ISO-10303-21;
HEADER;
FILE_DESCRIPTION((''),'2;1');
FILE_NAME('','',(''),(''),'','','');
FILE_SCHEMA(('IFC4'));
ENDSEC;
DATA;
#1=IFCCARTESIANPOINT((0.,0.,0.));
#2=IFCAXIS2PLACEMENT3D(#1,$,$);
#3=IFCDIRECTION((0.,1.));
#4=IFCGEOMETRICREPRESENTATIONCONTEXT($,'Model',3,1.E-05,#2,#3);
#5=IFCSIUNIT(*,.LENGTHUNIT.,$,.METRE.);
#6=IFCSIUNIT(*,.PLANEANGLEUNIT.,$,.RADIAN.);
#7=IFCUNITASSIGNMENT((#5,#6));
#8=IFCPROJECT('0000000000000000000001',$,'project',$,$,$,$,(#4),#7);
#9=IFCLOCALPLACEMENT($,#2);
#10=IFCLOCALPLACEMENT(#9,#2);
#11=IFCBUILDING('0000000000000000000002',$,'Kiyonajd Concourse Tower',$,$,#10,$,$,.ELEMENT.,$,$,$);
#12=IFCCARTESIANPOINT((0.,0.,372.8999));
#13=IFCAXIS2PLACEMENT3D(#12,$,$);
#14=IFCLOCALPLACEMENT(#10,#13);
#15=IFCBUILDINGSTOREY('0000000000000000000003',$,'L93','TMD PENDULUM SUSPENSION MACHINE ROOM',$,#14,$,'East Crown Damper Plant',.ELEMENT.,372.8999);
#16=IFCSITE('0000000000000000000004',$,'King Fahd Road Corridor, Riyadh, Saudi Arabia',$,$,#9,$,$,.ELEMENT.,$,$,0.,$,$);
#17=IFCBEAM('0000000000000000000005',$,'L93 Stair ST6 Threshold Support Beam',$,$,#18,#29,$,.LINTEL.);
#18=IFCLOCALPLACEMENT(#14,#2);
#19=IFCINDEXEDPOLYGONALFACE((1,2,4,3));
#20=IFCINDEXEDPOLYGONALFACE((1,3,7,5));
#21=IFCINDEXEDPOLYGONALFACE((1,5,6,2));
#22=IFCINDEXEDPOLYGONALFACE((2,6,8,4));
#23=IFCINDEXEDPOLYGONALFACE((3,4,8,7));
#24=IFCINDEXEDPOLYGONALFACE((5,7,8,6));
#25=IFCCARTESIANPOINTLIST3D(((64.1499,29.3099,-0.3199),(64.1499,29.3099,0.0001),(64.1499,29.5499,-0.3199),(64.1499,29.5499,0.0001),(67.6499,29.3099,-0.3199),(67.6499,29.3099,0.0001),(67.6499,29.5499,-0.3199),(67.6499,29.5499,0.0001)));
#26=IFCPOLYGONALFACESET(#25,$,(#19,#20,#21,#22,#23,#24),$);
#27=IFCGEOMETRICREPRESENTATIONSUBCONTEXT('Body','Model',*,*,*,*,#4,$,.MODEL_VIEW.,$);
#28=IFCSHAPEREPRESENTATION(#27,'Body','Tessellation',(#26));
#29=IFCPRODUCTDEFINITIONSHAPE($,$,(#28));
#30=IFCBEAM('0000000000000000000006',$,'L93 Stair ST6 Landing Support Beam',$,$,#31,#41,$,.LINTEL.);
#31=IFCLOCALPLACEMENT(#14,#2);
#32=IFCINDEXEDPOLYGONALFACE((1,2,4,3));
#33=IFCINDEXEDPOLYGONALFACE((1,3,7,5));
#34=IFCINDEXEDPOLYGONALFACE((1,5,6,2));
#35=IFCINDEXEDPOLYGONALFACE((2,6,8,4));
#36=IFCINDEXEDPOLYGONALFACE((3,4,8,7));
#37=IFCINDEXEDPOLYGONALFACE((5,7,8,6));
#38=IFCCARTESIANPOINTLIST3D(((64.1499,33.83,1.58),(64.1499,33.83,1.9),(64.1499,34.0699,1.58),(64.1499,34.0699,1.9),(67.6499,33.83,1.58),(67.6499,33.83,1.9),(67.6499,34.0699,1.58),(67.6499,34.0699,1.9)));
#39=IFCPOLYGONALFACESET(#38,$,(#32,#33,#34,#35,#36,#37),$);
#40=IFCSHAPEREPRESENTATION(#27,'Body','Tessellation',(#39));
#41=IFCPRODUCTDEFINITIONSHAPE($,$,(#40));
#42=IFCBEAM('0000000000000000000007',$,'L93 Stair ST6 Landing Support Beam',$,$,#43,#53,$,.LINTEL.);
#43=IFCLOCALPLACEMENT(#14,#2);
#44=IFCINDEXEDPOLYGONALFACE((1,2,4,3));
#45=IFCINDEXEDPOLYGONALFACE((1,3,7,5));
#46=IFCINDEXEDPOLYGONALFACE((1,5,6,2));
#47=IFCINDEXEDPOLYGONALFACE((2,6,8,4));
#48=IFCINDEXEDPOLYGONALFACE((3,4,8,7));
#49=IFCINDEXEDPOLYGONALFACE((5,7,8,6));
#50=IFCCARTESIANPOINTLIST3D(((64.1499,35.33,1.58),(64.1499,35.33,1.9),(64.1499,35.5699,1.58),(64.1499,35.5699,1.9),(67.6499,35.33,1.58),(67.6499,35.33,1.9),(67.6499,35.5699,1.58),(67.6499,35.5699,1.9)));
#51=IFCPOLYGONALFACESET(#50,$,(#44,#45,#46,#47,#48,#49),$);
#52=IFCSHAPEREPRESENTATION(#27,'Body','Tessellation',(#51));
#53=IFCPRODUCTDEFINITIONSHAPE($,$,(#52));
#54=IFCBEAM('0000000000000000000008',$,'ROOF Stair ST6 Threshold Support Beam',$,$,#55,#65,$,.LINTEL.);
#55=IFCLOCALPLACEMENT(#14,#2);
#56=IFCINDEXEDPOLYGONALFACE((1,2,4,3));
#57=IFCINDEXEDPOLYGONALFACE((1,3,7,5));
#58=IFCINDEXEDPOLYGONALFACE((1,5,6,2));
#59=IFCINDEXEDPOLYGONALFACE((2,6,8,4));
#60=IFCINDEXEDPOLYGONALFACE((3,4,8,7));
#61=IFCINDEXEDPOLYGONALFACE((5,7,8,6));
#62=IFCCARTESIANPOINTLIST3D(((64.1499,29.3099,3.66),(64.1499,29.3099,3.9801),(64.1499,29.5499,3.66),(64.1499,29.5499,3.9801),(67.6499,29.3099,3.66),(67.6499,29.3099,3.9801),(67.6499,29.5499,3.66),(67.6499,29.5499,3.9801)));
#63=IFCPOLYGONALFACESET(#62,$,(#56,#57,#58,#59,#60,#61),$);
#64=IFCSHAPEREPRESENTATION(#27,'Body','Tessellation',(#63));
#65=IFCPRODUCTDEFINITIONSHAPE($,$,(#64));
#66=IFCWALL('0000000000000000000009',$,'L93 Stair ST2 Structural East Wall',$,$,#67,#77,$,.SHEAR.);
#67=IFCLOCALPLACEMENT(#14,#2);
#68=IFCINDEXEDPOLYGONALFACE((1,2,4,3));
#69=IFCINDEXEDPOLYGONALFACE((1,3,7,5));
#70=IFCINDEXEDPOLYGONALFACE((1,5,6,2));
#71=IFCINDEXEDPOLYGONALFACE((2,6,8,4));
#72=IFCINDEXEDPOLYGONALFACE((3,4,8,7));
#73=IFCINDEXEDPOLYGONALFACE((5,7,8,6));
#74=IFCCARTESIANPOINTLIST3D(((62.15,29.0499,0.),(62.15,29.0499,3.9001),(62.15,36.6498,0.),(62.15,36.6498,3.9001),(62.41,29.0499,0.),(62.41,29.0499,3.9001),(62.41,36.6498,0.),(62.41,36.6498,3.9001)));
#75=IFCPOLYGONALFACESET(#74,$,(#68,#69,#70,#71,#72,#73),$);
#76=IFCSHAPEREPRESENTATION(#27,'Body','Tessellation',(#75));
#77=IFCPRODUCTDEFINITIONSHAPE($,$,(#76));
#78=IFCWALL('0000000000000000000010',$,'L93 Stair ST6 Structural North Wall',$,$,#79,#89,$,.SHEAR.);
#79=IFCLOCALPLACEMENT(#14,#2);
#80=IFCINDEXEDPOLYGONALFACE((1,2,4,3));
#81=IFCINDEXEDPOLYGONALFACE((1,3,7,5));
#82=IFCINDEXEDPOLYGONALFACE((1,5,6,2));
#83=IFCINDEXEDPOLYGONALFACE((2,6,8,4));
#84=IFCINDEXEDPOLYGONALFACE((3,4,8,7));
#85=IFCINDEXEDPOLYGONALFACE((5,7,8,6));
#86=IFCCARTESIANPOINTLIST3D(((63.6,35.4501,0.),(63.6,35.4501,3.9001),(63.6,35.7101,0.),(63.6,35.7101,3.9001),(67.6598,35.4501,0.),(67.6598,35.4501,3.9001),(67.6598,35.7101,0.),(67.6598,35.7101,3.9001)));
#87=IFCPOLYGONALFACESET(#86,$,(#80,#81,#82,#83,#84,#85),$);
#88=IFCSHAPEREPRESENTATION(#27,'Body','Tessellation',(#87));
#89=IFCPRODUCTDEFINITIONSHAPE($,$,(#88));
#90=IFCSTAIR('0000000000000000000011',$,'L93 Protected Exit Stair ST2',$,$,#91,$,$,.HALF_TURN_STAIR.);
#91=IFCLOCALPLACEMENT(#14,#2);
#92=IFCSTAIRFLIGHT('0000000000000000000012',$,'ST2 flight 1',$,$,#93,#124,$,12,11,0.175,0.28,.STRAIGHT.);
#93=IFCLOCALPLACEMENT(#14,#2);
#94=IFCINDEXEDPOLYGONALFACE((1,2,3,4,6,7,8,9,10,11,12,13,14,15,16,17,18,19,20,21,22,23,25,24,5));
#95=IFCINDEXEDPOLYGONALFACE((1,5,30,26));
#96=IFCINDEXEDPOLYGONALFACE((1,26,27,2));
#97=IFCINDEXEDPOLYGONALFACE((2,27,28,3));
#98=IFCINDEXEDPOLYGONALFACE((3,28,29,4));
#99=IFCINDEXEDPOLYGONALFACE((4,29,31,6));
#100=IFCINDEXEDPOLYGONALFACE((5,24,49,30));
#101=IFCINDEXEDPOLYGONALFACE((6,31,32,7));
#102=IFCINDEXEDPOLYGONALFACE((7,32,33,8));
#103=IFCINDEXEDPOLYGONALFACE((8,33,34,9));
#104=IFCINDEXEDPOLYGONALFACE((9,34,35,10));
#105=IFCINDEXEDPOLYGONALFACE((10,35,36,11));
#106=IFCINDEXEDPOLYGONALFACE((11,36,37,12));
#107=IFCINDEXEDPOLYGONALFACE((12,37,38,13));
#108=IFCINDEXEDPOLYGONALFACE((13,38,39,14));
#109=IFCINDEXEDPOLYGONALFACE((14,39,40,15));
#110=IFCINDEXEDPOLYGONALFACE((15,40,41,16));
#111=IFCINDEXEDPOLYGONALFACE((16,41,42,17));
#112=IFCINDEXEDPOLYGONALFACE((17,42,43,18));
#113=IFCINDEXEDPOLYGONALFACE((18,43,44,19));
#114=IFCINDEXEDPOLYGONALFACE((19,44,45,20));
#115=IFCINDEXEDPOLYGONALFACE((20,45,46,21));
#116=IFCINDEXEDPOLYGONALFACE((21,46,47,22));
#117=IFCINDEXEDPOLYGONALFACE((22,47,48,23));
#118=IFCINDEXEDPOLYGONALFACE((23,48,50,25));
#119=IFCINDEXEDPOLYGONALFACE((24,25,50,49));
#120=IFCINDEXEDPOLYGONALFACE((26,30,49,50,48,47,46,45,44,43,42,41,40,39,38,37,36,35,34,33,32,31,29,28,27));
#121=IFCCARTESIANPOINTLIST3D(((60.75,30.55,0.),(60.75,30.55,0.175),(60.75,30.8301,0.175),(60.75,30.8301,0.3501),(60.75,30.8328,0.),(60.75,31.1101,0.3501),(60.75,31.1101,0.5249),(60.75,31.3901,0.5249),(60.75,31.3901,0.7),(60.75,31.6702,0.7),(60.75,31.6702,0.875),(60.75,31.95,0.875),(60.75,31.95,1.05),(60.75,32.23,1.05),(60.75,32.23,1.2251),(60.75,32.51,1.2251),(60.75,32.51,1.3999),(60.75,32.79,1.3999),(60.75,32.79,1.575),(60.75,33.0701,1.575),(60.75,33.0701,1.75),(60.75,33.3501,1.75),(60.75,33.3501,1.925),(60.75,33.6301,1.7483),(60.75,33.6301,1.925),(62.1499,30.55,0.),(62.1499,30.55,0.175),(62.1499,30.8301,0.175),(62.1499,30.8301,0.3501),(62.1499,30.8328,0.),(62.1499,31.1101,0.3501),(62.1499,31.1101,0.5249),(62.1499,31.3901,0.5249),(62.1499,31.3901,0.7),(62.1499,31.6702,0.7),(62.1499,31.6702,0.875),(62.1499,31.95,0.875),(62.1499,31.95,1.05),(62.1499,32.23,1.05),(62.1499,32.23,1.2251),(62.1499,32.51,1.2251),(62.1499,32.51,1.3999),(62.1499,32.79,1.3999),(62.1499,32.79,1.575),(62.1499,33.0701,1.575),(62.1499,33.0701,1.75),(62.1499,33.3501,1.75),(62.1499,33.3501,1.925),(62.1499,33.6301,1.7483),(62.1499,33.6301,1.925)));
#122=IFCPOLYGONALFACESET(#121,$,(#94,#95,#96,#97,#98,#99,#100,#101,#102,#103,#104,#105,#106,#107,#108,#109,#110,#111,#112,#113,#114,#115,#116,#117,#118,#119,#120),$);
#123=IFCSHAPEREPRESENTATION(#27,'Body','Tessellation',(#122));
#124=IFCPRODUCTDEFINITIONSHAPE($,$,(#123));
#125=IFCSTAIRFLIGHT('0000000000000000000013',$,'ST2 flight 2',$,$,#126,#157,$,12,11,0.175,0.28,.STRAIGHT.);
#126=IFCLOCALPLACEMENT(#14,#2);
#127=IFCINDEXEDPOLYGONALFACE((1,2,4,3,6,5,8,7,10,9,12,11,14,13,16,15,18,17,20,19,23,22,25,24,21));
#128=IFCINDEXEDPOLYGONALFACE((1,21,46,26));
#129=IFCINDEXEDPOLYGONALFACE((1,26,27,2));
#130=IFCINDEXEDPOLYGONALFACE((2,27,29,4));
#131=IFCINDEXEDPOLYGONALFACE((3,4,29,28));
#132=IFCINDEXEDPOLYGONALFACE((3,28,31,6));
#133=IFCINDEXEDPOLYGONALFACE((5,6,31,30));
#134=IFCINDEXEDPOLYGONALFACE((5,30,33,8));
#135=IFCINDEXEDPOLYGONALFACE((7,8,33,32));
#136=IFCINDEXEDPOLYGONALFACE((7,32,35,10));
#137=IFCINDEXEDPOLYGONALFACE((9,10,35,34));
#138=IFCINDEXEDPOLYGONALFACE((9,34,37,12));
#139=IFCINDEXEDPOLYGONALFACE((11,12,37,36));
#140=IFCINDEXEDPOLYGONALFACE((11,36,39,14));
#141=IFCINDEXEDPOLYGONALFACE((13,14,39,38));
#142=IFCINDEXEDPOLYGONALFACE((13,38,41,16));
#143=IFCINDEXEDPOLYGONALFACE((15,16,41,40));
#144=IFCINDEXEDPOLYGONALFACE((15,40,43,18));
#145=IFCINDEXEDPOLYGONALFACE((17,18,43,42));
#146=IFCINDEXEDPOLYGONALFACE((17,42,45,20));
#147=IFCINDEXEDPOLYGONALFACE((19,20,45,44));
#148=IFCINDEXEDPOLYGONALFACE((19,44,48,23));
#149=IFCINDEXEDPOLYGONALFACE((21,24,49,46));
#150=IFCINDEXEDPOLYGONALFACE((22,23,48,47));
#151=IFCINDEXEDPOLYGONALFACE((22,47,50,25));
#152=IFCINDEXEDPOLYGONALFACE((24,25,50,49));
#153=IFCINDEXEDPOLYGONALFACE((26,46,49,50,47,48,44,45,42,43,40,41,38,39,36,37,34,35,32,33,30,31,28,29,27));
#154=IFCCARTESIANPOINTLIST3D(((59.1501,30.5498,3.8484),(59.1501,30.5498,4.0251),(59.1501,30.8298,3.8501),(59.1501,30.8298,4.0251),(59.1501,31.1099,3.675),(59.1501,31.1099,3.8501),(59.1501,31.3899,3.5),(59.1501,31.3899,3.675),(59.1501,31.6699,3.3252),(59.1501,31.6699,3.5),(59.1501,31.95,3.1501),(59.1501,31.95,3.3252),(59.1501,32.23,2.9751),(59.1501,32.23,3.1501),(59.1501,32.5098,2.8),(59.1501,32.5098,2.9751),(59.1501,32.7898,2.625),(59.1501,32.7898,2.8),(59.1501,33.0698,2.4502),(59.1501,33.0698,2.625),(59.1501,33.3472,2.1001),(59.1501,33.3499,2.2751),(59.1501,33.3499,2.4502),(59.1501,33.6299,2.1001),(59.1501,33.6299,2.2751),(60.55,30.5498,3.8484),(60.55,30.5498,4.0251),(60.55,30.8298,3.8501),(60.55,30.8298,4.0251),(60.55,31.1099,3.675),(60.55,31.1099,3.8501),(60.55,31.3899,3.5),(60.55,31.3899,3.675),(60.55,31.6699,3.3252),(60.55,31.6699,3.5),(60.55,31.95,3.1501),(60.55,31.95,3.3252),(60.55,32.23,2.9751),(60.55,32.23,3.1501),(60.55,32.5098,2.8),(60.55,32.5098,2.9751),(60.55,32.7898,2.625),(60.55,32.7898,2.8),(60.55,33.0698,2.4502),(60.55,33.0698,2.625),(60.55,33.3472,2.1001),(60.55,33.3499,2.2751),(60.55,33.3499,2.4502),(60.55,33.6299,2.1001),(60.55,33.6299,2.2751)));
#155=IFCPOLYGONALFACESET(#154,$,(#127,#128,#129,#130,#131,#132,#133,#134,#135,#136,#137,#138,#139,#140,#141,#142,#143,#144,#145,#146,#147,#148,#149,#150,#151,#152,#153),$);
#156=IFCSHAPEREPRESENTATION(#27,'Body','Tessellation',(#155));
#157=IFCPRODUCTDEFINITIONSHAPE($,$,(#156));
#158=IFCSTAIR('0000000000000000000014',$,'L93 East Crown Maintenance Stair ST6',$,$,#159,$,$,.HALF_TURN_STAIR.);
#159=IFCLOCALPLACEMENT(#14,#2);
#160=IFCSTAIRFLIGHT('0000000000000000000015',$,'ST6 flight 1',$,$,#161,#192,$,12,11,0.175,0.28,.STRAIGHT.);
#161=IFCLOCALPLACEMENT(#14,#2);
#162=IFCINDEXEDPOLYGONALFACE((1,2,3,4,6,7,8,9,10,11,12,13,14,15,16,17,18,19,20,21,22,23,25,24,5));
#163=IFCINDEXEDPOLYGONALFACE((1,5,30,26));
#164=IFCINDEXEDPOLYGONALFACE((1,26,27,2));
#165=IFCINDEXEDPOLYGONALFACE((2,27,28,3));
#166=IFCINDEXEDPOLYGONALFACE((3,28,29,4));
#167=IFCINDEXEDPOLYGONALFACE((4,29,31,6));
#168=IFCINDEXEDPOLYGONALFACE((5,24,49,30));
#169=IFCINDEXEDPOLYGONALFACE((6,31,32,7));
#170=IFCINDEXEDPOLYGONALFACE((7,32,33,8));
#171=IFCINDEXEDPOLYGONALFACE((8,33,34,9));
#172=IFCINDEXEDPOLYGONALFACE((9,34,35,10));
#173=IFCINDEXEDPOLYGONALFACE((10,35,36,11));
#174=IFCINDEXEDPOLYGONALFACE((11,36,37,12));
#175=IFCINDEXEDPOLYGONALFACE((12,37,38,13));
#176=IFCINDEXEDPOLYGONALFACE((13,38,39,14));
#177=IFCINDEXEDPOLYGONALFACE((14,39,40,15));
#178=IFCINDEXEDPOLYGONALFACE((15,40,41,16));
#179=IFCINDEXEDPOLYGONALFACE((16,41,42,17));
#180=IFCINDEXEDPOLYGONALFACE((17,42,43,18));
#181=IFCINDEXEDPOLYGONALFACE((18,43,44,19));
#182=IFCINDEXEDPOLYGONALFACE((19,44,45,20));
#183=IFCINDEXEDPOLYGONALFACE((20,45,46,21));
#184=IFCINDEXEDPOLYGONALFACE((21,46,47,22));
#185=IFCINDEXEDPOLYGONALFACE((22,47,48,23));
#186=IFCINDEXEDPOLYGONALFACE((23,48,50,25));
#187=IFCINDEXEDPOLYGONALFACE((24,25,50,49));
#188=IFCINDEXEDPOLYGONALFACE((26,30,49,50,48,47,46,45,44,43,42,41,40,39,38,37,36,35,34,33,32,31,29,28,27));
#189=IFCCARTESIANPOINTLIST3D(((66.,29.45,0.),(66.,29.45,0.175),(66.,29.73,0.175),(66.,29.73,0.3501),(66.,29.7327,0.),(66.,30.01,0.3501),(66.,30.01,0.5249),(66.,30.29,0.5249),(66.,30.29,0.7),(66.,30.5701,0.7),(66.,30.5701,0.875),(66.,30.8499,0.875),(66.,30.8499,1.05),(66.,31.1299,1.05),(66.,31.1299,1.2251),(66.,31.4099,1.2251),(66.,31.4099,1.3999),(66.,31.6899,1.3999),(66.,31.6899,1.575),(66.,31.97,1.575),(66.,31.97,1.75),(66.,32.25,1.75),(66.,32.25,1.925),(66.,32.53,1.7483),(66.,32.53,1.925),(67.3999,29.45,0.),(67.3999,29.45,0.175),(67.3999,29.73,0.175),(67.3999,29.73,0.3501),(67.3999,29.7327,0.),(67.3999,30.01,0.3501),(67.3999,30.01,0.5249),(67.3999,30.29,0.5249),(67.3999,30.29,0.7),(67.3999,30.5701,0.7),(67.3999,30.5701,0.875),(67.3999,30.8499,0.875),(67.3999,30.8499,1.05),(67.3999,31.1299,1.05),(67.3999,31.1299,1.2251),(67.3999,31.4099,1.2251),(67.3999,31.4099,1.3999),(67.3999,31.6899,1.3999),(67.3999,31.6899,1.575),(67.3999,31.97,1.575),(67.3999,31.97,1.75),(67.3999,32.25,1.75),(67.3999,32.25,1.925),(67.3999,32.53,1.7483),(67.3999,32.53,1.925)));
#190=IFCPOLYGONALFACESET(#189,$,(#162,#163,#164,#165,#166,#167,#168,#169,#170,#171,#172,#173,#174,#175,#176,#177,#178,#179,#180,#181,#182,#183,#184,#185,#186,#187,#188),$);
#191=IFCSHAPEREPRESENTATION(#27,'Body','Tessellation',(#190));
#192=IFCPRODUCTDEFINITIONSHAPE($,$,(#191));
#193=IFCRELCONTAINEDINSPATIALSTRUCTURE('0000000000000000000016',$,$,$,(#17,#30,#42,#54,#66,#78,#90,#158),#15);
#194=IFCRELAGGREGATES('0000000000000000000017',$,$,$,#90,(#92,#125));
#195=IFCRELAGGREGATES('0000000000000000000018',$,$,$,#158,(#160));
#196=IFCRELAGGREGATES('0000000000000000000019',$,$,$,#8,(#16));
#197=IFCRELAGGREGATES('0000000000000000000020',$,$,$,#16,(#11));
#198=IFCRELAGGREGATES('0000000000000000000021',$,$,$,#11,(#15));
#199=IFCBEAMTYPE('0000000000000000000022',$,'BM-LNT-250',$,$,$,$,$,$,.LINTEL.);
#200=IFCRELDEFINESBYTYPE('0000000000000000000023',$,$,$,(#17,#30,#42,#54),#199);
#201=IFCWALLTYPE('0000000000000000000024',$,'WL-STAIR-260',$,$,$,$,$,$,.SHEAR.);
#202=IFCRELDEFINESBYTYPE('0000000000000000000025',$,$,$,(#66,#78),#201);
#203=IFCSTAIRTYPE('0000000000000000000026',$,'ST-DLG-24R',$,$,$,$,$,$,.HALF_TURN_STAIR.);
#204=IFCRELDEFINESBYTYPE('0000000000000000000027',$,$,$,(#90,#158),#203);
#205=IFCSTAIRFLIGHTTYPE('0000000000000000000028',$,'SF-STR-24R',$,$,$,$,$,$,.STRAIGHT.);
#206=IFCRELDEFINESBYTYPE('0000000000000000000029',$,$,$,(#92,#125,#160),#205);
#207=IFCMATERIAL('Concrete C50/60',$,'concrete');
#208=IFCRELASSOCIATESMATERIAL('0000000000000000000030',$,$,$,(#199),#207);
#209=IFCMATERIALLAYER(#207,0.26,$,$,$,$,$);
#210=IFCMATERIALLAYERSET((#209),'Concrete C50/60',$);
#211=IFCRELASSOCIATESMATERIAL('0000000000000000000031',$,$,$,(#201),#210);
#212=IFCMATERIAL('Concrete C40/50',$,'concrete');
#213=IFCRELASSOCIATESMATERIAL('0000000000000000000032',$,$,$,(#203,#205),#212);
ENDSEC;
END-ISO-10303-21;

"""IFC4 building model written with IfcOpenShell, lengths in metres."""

from ifc_helpers import new_model, si_unit, direction, frame, frame_2d, origin, origin_2d, place, context, subcontext, project, spatial, polyline, rectangle, outline, extrude, material, layer, layer_set, material_profile, profile_set, type_object, element, aggregate, save


model = new_model("IFC4")

# Units and contexts
model_context = context("Model", 3, precision=1e-05, world=origin(), true_north=direction((0.0, 1.0)))
body_context = subcontext(model_context, "Body", "Model", "MODEL_VIEW")
ifc_project = project(units=[si_unit("LENGTHUNIT", "METRE"), si_unit("PLANEANGLEUNIT", "RADIAN")], contexts=[model_context])

# Site, building, storey
site_placement = place(None, origin())
site = spatial("IfcSite", under=ifc_project, at=site_placement, Name="King Fahd Road Corridor, Riyadh, Saudi Arabia", CompositionType="ELEMENT", RefElevation=0.0)
building_placement = place(site_placement, origin())
building = spatial("IfcBuilding", under=site, at=building_placement, Name="Kiyonajd Concourse Tower", CompositionType="ELEMENT")
storey_placement = place(building_placement, frame((0.0, 0.0, 372.8999)))
storey = spatial("IfcBuildingStorey", under=building, at=storey_placement, Name="L93", Description="TMD PENDULUM SUSPENSION MACHINE ROOM", LongName="East Crown Damper Plant", CompositionType="ELEMENT", Elevation=372.8999)

# Beams
ifc_material_1 = material(Name="Concrete C50/60", Category="concrete")
ifc_material_profile = material_profile(ifc_material_1, rectangle(XDim=0.24, YDim=0.3201, at=origin_2d()), Name="RCBM-240x320")
ifc_profile_set = profile_set([ifc_material_profile], Name="Concrete C50/60")
beam_type = type_object("IfcBeamType", Name="BM-LNT-250", PredefinedType="LINTEL", material=ifc_profile_set)
for number, where, z_axis, x_axis, name in (
    (1, (64.1499, 29.4299, -0.1599), (1.0, 0.0, 0.0), (0.0, 1.0, 0.0), "L93 Stair ST6 Threshold Support Beam"),
    (2, (64.1499, 33.95, 1.74), (1.0, 0.0, 0.0), (0.0, 1.0, 0.0), "L93 Stair ST6 Landing Support Beam"),
    (3, (64.1499, 35.45, 1.74), (1.0, 0.0, 0.0), (0.0, 1.0, 0.0), "L93 Stair ST6 Landing Support Beam"),
    (4, (64.1499, 29.4299, 3.8201), (1.0, 0.0, 0.0), (0.0, 1.0, 0.0), "ROOF Stair ST6 Threshold Support Beam"),
):
    element("IfcBeam", number, at=place(storey_placement, frame(where, z_axis=z_axis, x_axis=x_axis)), inside=storey, type_object=beam_type, Name=name, PredefinedType="LINTEL", context=body_context, shape_type="SweptSolid", body=[
        extrude(rectangle(XDim=0.24, YDim=0.3201, at=origin_2d()), origin(), (0.0, 0.0, 1.0), 3.5),
    ])

# Walls
ifc_layer = layer(ifc_material_1, 0.26)
ifc_layer_set = layer_set([ifc_layer], Name="Concrete C50/60")
wall_type = type_object("IfcWallType", Name="WL-STAIR-260", PredefinedType="SHEAR", material=ifc_layer_set)
wall_1_placement = place(storey_placement, frame((62.28, 29.05, 0.0), z_axis=(0.0, 0.0, 1.0), x_axis=(0.0, 1.0, 0.0)))
element("IfcWall", 5, at=wall_1_placement, inside=storey, type_object=wall_type, Name="L93 Stair ST2 Structural East Wall", PredefinedType="SHEAR", context=body_context, shape_type="SweptSolid", body=[
    extrude(rectangle(XDim=7.5999, YDim=0.26, at=frame_2d((3.7998, 0.0))), origin(), (0.0, 0.0, 1.0), 3.9001),
])
wall_2_placement = place(storey_placement, frame((63.6001, 35.5801, 0.0), z_axis=(0.0, 0.0, 1.0), x_axis=(1.0, 0.0, 0.0)))
element("IfcWall", 6, at=wall_2_placement, inside=storey, type_object=wall_type, Name="L93 Stair ST6 Structural North Wall", PredefinedType="SHEAR", context=body_context, shape_type="SweptSolid", body=[
    extrude(rectangle(XDim=4.0598, YDim=0.26, at=frame_2d((2.0298, 0.0))), origin(), (0.0, 0.0, 1.0), 3.9001),
])

# Stairs, stair flights
ifc_material_2 = material(Name="Concrete C40/50", Category="concrete")
stair_type = type_object("IfcStairType", Name="ST-DLG-24R", PredefinedType="HALF_TURN_STAIR", material=ifc_material_2)
stair_1_placement = place(storey_placement, origin())
stair_1 = element("IfcStair", 7, at=stair_1_placement, inside=storey, type_object=stair_type, Name="L93 Protected Exit Stair ST2", PredefinedType="HALF_TURN_STAIR")
stair_flight_type = type_object("IfcStairFlightType", Name="SF-STR-24R", PredefinedType="STRAIGHT", material=ifc_material_2)
stair_flight_1_placement = place(storey_placement, frame((61.45, 30.55, 0.0), z_axis=(0.0, 0.0, 1.0), x_axis=(0.0, 1.0, 0.0)))
stair_flight_1 = element("IfcStairFlight", 8, at=stair_flight_1_placement, type_object=stair_flight_type, Name="ST2 flight 1", NumberOfRisers=12, NumberOfTreads=11, PredefinedType="STRAIGHT", RiserHeight=0.175, TreadLength=0.28, context=body_context, shape_type="SweptSolid", body=[
    extrude(outline(polyline([(0.0, 0.0), (0.0, 0.175), (0.28, 0.175), (0.28, 0.3501), (0.5601, 0.3501), (0.5601, 0.5249), (0.8401, 0.5249), (0.8401, 0.7), (1.1201, 0.7), (1.1201, 0.875), (1.3999, 0.875), (1.3999, 1.05), (1.6799, 1.05), (1.6799, 1.2251), (1.96, 1.2251), (1.96, 1.3999), (2.24, 1.3999), (2.24, 1.575), (2.52, 1.575), (2.52, 1.75), (2.8, 1.75), (2.8, 1.925), (3.0801, 1.925), (3.0801, 2.1001), (3.0801, 1.7483), (0.2827, 0.0), (0.0, 0.0)])), frame((0.0, 0.7, 0.0), z_axis=(0.0, -1.0, 0.0), x_axis=(1.0, 0.0, 0.0)), (0.0, 0.0, 1.0), 1.3999),
])
stair_flight_2_placement = place(storey_placement, frame((59.8501, 33.6299, 2.1001), z_axis=(0.0, 0.0, 1.0), x_axis=(0.0, -1.0, 0.0)))
stair_flight_2 = element("IfcStairFlight", 9, at=stair_flight_2_placement, type_object=stair_flight_type, Name="ST2 flight 2", NumberOfRisers=12, NumberOfTreads=11, PredefinedType="STRAIGHT", RiserHeight=0.175, TreadLength=0.28, context=body_context, shape_type="SweptSolid", body=[
    extrude(outline(polyline([(0.0, 0.0), (0.0, 0.175), (0.28, 0.175), (0.28, 0.3501), (0.5601, 0.3501), (0.5601, 0.5249), (0.8401, 0.5249), (0.8401, 0.7), (1.1201, 0.7), (1.1201, 0.875), (1.3999, 0.875), (1.3999, 1.05), (1.6799, 1.05), (1.6799, 1.2251), (1.96, 1.2251), (1.96, 1.3999), (2.24, 1.3999), (2.24, 1.575), (2.52, 1.575), (2.52, 1.75), (2.8, 1.75), (2.8, 1.925), (3.0801, 1.925), (3.0801, 2.1001), (3.0801, 1.7483), (0.2827, 0.0), (0.0, 0.0)])), frame((0.0, 0.7, 0.0), z_axis=(0.0, -1.0, 0.0), x_axis=(1.0, 0.0, 0.0)), (0.0, 0.0, 1.0), 1.3999),
])
aggregate(stair_1, [stair_flight_1, stair_flight_2])
stair_2_placement = place(storey_placement, origin())
stair_2 = element("IfcStair", 10, at=stair_2_placement, inside=storey, type_object=stair_type, Name="L93 East Crown Maintenance Stair ST6", PredefinedType="HALF_TURN_STAIR")
stair_flight_3_placement = place(storey_placement, frame((66.7, 29.45, 0.0), z_axis=(0.0, 0.0, 1.0), x_axis=(0.0, 1.0, 0.0)))
stair_flight_3 = element("IfcStairFlight", 11, at=stair_flight_3_placement, type_object=stair_flight_type, Name="ST6 flight 1", NumberOfRisers=12, NumberOfTreads=11, PredefinedType="STRAIGHT", RiserHeight=0.175, TreadLength=0.28, context=body_context, shape_type="SweptSolid", body=[
    extrude(outline(polyline([(0.0, 0.0), (0.0, 0.175), (0.28, 0.175), (0.28, 0.3501), (0.5601, 0.3501), (0.5601, 0.5249), (0.8401, 0.5249), (0.8401, 0.7), (1.1201, 0.7), (1.1201, 0.875), (1.3999, 0.875), (1.3999, 1.05), (1.6799, 1.05), (1.6799, 1.2251), (1.96, 1.2251), (1.96, 1.3999), (2.24, 1.3999), (2.24, 1.575), (2.52, 1.575), (2.52, 1.75), (2.8, 1.75), (2.8, 1.925), (3.0801, 1.925), (3.0801, 2.1001), (3.0801, 1.7483), (0.2827, 0.0), (0.0, 0.0)])), frame((0.0, 0.7, 0.0), z_axis=(0.0, -1.0, 0.0), x_axis=(1.0, 0.0, 0.0)), (0.0, 0.0, 1.0), 1.3999),
])
aggregate(stair_2, [stair_flight_3])

save(model, "model.ifc")
